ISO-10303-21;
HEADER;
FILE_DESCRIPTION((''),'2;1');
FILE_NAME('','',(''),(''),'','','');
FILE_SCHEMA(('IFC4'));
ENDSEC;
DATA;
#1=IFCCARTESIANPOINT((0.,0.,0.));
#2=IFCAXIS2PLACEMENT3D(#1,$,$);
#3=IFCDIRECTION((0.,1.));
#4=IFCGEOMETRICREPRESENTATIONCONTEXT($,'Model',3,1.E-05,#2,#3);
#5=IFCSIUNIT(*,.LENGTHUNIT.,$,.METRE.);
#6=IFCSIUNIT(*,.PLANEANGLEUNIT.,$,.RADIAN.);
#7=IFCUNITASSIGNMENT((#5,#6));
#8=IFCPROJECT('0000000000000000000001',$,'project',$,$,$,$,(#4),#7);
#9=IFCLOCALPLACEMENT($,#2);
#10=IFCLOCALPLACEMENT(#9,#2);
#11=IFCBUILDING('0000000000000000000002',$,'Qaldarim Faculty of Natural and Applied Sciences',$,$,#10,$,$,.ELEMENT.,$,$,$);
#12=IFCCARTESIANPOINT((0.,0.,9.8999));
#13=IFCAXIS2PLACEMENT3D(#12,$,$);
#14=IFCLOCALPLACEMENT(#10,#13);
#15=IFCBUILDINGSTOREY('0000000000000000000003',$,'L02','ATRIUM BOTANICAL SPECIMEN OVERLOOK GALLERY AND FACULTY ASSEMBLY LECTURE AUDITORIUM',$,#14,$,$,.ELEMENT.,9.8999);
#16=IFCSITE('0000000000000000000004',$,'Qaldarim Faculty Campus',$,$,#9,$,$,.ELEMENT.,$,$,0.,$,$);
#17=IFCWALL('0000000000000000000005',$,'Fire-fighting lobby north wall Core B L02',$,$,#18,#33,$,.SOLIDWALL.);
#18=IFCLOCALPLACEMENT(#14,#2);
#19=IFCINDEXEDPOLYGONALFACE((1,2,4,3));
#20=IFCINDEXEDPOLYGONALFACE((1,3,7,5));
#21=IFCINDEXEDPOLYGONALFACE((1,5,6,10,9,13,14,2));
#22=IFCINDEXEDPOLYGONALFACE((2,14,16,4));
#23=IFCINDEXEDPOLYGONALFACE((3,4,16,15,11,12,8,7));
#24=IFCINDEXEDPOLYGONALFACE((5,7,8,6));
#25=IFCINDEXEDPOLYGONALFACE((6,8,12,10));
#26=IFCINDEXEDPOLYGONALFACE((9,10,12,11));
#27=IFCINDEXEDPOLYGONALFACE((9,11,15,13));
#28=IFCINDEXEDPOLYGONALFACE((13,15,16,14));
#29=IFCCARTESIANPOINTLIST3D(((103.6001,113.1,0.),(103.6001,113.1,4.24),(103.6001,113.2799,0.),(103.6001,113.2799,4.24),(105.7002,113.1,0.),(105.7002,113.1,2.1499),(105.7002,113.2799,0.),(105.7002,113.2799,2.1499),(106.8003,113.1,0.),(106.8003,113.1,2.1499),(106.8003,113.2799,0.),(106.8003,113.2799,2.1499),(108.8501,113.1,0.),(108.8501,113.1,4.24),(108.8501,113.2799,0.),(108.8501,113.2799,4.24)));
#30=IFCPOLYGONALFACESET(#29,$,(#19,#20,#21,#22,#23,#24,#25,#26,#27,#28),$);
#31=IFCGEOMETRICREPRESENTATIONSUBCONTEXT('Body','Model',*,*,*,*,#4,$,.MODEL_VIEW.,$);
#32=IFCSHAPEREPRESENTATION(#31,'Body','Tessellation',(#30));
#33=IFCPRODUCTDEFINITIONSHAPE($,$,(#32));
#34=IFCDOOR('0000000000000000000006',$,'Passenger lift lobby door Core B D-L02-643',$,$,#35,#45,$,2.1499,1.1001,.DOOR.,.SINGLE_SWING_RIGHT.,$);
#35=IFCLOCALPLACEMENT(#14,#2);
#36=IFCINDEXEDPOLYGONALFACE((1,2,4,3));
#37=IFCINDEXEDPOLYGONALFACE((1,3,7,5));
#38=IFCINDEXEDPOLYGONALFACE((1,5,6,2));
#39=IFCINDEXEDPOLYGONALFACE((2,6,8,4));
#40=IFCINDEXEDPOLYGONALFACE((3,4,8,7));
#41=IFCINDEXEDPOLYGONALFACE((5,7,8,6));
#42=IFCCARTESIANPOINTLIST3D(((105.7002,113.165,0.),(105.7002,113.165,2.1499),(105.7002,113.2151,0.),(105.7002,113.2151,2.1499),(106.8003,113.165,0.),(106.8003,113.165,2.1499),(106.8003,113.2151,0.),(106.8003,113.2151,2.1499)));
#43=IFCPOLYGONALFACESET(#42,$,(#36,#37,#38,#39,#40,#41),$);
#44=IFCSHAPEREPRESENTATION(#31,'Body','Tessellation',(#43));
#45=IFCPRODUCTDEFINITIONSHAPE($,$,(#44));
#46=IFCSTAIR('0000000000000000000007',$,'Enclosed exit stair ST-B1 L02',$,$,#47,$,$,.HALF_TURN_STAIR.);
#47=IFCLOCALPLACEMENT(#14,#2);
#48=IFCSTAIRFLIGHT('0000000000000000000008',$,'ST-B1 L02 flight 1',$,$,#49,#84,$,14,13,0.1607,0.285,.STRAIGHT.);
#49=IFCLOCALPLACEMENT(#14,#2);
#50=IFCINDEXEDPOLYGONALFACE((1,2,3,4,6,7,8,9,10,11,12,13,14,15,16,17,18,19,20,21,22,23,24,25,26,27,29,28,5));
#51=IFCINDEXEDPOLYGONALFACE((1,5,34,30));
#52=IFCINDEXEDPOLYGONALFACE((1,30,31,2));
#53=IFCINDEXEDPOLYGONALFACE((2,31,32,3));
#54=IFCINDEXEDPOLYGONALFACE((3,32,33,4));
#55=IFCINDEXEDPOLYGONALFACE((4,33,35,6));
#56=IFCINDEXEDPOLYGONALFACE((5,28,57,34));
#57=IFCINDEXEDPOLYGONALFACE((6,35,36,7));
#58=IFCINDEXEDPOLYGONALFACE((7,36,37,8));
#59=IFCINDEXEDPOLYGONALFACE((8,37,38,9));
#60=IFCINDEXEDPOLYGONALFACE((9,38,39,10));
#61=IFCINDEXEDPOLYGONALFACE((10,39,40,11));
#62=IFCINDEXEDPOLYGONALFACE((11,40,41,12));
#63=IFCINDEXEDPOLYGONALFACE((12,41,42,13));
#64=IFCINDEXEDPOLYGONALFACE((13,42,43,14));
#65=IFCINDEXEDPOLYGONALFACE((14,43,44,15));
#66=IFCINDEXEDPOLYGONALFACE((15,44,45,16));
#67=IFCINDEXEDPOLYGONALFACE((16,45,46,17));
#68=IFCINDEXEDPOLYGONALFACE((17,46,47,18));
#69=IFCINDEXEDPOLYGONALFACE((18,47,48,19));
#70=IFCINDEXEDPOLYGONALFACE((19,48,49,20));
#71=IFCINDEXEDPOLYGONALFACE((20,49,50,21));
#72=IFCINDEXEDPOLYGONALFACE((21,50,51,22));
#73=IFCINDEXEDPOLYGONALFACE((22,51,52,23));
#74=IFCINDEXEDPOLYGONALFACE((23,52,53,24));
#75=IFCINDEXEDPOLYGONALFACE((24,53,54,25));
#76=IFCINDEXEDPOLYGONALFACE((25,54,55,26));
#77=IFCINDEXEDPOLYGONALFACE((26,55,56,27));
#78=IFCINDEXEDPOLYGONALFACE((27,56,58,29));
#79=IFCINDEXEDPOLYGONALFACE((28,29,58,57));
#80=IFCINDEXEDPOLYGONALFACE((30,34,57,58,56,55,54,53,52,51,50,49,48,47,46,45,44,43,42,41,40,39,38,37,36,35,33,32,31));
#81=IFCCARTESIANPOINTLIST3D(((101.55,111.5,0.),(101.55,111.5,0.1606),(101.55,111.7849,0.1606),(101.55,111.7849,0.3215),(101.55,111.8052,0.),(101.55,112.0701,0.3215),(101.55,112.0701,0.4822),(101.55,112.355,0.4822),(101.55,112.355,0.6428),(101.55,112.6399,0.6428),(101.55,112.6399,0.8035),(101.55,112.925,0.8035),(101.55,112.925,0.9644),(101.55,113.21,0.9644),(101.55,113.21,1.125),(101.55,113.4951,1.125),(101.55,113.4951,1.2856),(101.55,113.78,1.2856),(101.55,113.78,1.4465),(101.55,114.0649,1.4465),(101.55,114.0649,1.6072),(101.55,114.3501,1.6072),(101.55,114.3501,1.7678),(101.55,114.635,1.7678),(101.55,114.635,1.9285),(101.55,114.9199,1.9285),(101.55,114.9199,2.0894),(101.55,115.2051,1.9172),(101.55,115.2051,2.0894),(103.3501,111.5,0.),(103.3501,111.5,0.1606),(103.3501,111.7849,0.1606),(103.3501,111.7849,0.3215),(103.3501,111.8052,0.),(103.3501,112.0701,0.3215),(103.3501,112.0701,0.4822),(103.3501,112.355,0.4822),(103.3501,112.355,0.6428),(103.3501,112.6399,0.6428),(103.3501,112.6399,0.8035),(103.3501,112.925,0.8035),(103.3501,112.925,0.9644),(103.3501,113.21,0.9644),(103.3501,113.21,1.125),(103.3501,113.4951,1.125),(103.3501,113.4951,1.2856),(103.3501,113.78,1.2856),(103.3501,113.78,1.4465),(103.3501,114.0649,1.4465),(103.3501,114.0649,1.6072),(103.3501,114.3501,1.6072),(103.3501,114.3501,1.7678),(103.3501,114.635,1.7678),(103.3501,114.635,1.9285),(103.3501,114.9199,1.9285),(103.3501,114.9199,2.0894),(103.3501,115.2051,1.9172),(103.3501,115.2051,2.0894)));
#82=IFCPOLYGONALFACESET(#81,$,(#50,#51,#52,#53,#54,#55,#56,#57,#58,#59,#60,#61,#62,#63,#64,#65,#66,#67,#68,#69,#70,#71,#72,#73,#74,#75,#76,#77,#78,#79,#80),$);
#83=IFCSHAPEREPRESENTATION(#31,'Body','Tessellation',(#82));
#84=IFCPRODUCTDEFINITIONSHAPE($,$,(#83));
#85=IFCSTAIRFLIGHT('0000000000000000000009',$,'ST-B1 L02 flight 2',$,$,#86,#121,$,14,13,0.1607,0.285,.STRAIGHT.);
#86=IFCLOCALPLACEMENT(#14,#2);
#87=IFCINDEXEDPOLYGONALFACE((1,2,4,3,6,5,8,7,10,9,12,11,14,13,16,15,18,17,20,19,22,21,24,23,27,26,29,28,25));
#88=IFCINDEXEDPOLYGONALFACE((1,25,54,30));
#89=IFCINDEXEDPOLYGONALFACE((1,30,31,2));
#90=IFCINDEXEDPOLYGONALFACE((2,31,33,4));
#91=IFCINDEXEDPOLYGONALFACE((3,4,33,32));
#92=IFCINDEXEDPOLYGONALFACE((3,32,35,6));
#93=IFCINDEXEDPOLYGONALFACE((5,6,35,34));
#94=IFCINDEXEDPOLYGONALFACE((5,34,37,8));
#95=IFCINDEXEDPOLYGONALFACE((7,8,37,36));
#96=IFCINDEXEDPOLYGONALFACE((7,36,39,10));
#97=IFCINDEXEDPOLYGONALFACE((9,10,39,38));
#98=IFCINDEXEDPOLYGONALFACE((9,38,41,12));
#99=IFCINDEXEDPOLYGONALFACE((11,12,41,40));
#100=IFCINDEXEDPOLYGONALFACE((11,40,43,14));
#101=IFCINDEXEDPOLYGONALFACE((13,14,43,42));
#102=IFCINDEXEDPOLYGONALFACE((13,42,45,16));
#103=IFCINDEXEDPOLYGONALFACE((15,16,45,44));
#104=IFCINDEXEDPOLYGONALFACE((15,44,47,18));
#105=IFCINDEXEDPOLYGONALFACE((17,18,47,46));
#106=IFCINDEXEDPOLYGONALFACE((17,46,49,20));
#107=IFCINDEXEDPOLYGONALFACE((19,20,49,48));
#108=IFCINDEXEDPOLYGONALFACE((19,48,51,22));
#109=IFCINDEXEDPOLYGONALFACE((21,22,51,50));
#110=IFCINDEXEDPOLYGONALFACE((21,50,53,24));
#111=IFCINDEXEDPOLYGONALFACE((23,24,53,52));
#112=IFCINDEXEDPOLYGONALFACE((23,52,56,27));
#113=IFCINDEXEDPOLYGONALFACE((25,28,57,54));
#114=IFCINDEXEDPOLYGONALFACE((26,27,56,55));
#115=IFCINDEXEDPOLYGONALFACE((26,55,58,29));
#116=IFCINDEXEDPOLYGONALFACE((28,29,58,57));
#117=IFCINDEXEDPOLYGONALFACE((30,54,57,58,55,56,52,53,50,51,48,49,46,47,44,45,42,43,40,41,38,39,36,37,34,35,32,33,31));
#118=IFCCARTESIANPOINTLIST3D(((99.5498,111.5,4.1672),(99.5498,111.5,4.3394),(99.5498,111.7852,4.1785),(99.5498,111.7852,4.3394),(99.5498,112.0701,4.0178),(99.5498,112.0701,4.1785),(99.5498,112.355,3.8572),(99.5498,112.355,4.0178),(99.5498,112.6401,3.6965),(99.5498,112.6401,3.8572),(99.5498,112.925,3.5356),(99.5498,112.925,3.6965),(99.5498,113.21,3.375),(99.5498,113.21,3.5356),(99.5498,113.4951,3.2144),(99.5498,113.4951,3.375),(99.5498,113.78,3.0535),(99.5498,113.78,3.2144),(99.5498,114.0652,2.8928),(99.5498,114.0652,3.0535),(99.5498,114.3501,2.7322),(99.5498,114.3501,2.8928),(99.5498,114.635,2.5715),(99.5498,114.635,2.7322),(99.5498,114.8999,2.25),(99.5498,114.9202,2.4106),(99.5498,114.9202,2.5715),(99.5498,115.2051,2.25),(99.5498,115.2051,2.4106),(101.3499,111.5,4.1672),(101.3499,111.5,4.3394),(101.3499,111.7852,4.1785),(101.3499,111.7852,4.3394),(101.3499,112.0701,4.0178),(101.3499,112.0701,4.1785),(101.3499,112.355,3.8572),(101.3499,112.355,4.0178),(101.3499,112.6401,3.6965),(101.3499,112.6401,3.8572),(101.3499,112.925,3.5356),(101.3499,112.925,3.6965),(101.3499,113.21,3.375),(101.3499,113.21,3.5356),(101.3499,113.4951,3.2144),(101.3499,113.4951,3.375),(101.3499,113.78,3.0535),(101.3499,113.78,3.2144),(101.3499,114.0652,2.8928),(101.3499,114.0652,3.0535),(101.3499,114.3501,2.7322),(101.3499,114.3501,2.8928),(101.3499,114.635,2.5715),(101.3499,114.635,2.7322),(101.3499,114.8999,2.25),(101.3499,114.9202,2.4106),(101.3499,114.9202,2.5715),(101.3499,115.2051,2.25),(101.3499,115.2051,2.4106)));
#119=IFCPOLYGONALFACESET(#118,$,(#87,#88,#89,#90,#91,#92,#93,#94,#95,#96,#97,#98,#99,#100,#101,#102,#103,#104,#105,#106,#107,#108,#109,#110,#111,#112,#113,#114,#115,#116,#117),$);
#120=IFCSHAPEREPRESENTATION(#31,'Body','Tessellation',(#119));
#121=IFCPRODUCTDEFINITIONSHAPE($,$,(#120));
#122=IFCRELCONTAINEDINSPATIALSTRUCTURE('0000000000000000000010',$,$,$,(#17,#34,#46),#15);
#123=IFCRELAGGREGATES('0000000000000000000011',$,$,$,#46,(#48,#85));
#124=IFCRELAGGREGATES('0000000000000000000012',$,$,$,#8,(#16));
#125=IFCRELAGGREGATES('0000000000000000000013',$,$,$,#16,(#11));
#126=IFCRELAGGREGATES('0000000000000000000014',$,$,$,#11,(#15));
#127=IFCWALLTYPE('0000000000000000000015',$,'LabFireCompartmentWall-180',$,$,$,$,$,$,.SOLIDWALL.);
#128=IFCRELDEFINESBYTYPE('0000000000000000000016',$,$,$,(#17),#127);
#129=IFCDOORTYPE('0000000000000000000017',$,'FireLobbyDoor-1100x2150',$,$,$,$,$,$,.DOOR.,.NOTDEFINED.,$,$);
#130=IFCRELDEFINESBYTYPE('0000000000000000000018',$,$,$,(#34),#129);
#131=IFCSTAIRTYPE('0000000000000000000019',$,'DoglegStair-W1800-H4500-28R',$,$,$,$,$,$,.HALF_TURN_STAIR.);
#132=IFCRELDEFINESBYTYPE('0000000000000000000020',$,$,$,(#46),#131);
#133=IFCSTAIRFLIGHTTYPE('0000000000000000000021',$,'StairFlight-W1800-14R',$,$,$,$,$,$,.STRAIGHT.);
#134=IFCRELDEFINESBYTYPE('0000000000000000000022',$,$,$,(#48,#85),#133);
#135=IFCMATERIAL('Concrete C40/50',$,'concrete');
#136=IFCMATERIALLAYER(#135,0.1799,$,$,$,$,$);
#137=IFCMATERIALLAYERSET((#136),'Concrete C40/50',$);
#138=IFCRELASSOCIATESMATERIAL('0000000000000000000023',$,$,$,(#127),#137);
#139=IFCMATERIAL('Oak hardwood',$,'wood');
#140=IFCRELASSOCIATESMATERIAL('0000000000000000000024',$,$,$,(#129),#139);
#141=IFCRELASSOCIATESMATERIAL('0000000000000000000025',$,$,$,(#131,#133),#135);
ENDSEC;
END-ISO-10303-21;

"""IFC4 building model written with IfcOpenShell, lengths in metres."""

from ifc_helpers import new_model, si_unit, direction, frame, frame_2d, origin, place, context, subcontext, project, spatial, polyline, rectangle, outline, extrude, material, layer, layer_set, type_object, element, fill, aggregate, save


model = new_model("IFC4")

# Units and contexts
model_context = context("Model", 3, precision=1e-05, world=origin(), true_north=direction((0.0, 1.0)))
body_context = subcontext(model_context, "Body", "Model", "MODEL_VIEW")
ifc_project = project(units=[si_unit("LENGTHUNIT", "METRE"), si_unit("PLANEANGLEUNIT", "RADIAN")], contexts=[model_context])

# Site, building, storey
site_placement = place(None, origin())
site = spatial("IfcSite", under=ifc_project, at=site_placement, Name="Qaldarim Faculty Campus", CompositionType="ELEMENT", RefElevation=0.0)
building_placement = place(site_placement, origin())
building = spatial("IfcBuilding", under=site, at=building_placement, Name="Qaldarim Faculty of Natural and Applied Sciences", CompositionType="ELEMENT")
storey_placement = place(building_placement, frame((0.0, 0.0, 9.8999)))
storey = spatial("IfcBuildingStorey", under=building, at=storey_placement, Name="L02", Description="ATRIUM BOTANICAL SPECIMEN OVERLOOK GALLERY AND FACULTY ASSEMBLY LECTURE AUDITORIUM", CompositionType="ELEMENT", Elevation=9.8999)

# Shared definitions
ifc_material_1 = material(Name="Concrete C40/50", Category="concrete")

# Wall, opening, door
ifc_layer_1 = layer(ifc_material_1, 0.1799)
ifc_layer_set_1 = layer_set([ifc_layer_1], Name="Concrete C40/50")
wall_type_1 = type_object("IfcWallType", Name="LabFireCompartmentWall-180", PredefinedType="SOLIDWALL", material=ifc_layer_set_1)
wall_1_placement = place(storey_placement, frame((103.6001, 113.1899, 0.0), z_axis=(0.0, 0.0, 1.0), x_axis=(1.0, 0.0, 0.0)))
wall_1 = element("IfcWall", 1, at=wall_1_placement, inside=storey, type_object=wall_type_1, Name="Fire-fighting lobby north wall Core B L02", PredefinedType="SOLIDWALL", context=body_context, shape_type="SweptSolid", body=[
    extrude(rectangle(XDim=5.25, YDim=0.1799, at=frame_2d((2.625, 0.0))), origin(), (0.0, 0.0, 1.0), 4.24),
])
opening_1_placement = place(wall_1_placement, frame((2.1001, 0.0, 0.0)))
opening_1 = element("IfcOpeningElement", 2, at=opening_1_placement, cuts=wall_1, PredefinedType="OPENING", context=body_context, shape_type="SweptSolid", body=[
    extrude(rectangle(XDim=1.1001, YDim=2.1499, at=frame_2d((0.55, 1.075))), frame((0.0, 0.0999, 0.0), z_axis=(0.0, -1.0, 0.0), x_axis=(1.0, 0.0, 0.0)), (0.0, 0.0, 1.0), 0.2),
])
ifc_material_2 = material(Name="Oak hardwood", Category="wood")
door_type_1 = type_object("IfcDoorType", Name="FireLobbyDoor-1100x2150", OperationType="NOTDEFINED", PredefinedType="DOOR", material=ifc_material_2)
door_1_placement = place(opening_1_placement, frame((1.1001, 0.0, 0.0), z_axis=(0.0, 0.0, 1.0), x_axis=(-1.0, 0.0, 0.0)))
door_1 = element("IfcDoor", 3, at=door_1_placement, inside=storey, type_object=door_type_1, Name="Passenger lift lobby door Core B D-L02-643", OperationType="SINGLE_SWING_RIGHT", OverallHeight=2.1499, OverallWidth=1.1001, PredefinedType="DOOR", context=body_context, shape_type="SweptSolid", body=[
    extrude(rectangle(XDim=1.1001, YDim=2.1499, at=frame_2d((0.55, 1.075))), frame((0.0, 0.0249, 0.0), z_axis=(0.0, -1.0, 0.0), x_axis=(1.0, 0.0, 0.0)), (0.0, 0.0, 1.0), 0.05),
])
fill(opening_1, door_1)

# Stair, stair flights
stair_type = type_object("IfcStairType", Name="DoglegStair-W1800-H4500-28R", PredefinedType="HALF_TURN_STAIR", material=ifc_material_1)
stair_placement = place(storey_placement, origin())
stair = element("IfcStair", 4, at=stair_placement, inside=storey, type_object=stair_type, Name="Enclosed exit stair ST-B1 L02", PredefinedType="HALF_TURN_STAIR")
stair_flight_type = type_object("IfcStairFlightType", Name="StairFlight-W1800-14R", PredefinedType="STRAIGHT", material=ifc_material_1)
stair_flight_1_placement = place(storey_placement, frame((102.45, 111.5, 0.0), z_axis=(0.0, 0.0, 1.0), x_axis=(0.0, 1.0, 0.0)))
stair_flight_1 = element("IfcStairFlight", 5, at=stair_flight_1_placement, type_object=stair_flight_type, Name="ST-B1 L02 flight 1", NumberOfRisers=14, NumberOfTreads=13, PredefinedType="STRAIGHT", RiserHeight=0.1607, TreadLength=0.285, context=body_context, shape_type="SweptSolid", body=[
    extrude(outline(polyline([(0.0, 0.0), (0.0, 0.1606), (0.2849, 0.1606), (0.2849, 0.3215), (0.5701, 0.3215), (0.5701, 0.4822), (0.855, 0.4822), (0.855, 0.6428), (1.1399, 0.6428), (1.1399, 0.8035), (1.425, 0.8035), (1.425, 0.9644), (1.71, 0.9644), (1.71, 1.125), (1.9951, 1.125), (1.9951, 1.2856), (2.28, 1.2856), (2.28, 1.4465), (2.5649, 1.4465), (2.5649, 1.6072), (2.8501, 1.6072), (2.8501, 1.7678), (3.135, 1.7678), (3.135, 1.9285), (3.4199, 1.9285), (3.4199, 2.0894), (3.7051, 2.0894), (3.7051, 2.25), (3.7051, 1.9172), (0.3052, 0.0), (0.0, 0.0)])), frame((0.0, 0.8999, 0.0), z_axis=(0.0, -1.0, 0.0), x_axis=(1.0, 0.0, 0.0)), (0.0, 0.0, 1.0), 1.8),
])
stair_flight_2_placement = place(storey_placement, frame((100.45, 115.2051, 2.25), z_axis=(0.0, 0.0, 1.0), x_axis=(0.0, -1.0, 0.0)))
stair_flight_2 = element("IfcStairFlight", 6, at=stair_flight_2_placement, type_object=stair_flight_type, Name="ST-B1 L02 flight 2", NumberOfRisers=14, NumberOfTreads=13, PredefinedType="STRAIGHT", RiserHeight=0.1607, TreadLength=0.285, context=body_context, shape_type="SweptSolid", body=[
    extrude(outline(polyline([(0.0, 0.0), (0.0, 0.1606), (0.2849, 0.1606), (0.2849, 0.3215), (0.5701, 0.3215), (0.5701, 0.4822), (0.855, 0.4822), (0.855, 0.6428), (1.1399, 0.6428), (1.1399, 0.8035), (1.425, 0.8035), (1.425, 0.9644), (1.71, 0.9644), (1.71, 1.125), (1.9951, 1.125), (1.9951, 1.2856), (2.28, 1.2856), (2.28, 1.4465), (2.5649, 1.4465), (2.5649, 1.6072), (2.8501, 1.6072), (2.8501, 1.7678), (3.135, 1.7678), (3.135, 1.9285), (3.4199, 1.9285), (3.4199, 2.0894), (3.7051, 2.0894), (3.7051, 2.25), (3.7051, 1.9172), (0.3052, 0.0), (0.0, 0.0)])), frame((0.0, 0.8999, 0.0), z_axis=(0.0, -1.0, 0.0), x_axis=(1.0, 0.0, 0.0)), (0.0, 0.0, 1.0), 1.8),
])
aggregate(stair, [stair_flight_1, stair_flight_2])

save(model, "model.ifc")
